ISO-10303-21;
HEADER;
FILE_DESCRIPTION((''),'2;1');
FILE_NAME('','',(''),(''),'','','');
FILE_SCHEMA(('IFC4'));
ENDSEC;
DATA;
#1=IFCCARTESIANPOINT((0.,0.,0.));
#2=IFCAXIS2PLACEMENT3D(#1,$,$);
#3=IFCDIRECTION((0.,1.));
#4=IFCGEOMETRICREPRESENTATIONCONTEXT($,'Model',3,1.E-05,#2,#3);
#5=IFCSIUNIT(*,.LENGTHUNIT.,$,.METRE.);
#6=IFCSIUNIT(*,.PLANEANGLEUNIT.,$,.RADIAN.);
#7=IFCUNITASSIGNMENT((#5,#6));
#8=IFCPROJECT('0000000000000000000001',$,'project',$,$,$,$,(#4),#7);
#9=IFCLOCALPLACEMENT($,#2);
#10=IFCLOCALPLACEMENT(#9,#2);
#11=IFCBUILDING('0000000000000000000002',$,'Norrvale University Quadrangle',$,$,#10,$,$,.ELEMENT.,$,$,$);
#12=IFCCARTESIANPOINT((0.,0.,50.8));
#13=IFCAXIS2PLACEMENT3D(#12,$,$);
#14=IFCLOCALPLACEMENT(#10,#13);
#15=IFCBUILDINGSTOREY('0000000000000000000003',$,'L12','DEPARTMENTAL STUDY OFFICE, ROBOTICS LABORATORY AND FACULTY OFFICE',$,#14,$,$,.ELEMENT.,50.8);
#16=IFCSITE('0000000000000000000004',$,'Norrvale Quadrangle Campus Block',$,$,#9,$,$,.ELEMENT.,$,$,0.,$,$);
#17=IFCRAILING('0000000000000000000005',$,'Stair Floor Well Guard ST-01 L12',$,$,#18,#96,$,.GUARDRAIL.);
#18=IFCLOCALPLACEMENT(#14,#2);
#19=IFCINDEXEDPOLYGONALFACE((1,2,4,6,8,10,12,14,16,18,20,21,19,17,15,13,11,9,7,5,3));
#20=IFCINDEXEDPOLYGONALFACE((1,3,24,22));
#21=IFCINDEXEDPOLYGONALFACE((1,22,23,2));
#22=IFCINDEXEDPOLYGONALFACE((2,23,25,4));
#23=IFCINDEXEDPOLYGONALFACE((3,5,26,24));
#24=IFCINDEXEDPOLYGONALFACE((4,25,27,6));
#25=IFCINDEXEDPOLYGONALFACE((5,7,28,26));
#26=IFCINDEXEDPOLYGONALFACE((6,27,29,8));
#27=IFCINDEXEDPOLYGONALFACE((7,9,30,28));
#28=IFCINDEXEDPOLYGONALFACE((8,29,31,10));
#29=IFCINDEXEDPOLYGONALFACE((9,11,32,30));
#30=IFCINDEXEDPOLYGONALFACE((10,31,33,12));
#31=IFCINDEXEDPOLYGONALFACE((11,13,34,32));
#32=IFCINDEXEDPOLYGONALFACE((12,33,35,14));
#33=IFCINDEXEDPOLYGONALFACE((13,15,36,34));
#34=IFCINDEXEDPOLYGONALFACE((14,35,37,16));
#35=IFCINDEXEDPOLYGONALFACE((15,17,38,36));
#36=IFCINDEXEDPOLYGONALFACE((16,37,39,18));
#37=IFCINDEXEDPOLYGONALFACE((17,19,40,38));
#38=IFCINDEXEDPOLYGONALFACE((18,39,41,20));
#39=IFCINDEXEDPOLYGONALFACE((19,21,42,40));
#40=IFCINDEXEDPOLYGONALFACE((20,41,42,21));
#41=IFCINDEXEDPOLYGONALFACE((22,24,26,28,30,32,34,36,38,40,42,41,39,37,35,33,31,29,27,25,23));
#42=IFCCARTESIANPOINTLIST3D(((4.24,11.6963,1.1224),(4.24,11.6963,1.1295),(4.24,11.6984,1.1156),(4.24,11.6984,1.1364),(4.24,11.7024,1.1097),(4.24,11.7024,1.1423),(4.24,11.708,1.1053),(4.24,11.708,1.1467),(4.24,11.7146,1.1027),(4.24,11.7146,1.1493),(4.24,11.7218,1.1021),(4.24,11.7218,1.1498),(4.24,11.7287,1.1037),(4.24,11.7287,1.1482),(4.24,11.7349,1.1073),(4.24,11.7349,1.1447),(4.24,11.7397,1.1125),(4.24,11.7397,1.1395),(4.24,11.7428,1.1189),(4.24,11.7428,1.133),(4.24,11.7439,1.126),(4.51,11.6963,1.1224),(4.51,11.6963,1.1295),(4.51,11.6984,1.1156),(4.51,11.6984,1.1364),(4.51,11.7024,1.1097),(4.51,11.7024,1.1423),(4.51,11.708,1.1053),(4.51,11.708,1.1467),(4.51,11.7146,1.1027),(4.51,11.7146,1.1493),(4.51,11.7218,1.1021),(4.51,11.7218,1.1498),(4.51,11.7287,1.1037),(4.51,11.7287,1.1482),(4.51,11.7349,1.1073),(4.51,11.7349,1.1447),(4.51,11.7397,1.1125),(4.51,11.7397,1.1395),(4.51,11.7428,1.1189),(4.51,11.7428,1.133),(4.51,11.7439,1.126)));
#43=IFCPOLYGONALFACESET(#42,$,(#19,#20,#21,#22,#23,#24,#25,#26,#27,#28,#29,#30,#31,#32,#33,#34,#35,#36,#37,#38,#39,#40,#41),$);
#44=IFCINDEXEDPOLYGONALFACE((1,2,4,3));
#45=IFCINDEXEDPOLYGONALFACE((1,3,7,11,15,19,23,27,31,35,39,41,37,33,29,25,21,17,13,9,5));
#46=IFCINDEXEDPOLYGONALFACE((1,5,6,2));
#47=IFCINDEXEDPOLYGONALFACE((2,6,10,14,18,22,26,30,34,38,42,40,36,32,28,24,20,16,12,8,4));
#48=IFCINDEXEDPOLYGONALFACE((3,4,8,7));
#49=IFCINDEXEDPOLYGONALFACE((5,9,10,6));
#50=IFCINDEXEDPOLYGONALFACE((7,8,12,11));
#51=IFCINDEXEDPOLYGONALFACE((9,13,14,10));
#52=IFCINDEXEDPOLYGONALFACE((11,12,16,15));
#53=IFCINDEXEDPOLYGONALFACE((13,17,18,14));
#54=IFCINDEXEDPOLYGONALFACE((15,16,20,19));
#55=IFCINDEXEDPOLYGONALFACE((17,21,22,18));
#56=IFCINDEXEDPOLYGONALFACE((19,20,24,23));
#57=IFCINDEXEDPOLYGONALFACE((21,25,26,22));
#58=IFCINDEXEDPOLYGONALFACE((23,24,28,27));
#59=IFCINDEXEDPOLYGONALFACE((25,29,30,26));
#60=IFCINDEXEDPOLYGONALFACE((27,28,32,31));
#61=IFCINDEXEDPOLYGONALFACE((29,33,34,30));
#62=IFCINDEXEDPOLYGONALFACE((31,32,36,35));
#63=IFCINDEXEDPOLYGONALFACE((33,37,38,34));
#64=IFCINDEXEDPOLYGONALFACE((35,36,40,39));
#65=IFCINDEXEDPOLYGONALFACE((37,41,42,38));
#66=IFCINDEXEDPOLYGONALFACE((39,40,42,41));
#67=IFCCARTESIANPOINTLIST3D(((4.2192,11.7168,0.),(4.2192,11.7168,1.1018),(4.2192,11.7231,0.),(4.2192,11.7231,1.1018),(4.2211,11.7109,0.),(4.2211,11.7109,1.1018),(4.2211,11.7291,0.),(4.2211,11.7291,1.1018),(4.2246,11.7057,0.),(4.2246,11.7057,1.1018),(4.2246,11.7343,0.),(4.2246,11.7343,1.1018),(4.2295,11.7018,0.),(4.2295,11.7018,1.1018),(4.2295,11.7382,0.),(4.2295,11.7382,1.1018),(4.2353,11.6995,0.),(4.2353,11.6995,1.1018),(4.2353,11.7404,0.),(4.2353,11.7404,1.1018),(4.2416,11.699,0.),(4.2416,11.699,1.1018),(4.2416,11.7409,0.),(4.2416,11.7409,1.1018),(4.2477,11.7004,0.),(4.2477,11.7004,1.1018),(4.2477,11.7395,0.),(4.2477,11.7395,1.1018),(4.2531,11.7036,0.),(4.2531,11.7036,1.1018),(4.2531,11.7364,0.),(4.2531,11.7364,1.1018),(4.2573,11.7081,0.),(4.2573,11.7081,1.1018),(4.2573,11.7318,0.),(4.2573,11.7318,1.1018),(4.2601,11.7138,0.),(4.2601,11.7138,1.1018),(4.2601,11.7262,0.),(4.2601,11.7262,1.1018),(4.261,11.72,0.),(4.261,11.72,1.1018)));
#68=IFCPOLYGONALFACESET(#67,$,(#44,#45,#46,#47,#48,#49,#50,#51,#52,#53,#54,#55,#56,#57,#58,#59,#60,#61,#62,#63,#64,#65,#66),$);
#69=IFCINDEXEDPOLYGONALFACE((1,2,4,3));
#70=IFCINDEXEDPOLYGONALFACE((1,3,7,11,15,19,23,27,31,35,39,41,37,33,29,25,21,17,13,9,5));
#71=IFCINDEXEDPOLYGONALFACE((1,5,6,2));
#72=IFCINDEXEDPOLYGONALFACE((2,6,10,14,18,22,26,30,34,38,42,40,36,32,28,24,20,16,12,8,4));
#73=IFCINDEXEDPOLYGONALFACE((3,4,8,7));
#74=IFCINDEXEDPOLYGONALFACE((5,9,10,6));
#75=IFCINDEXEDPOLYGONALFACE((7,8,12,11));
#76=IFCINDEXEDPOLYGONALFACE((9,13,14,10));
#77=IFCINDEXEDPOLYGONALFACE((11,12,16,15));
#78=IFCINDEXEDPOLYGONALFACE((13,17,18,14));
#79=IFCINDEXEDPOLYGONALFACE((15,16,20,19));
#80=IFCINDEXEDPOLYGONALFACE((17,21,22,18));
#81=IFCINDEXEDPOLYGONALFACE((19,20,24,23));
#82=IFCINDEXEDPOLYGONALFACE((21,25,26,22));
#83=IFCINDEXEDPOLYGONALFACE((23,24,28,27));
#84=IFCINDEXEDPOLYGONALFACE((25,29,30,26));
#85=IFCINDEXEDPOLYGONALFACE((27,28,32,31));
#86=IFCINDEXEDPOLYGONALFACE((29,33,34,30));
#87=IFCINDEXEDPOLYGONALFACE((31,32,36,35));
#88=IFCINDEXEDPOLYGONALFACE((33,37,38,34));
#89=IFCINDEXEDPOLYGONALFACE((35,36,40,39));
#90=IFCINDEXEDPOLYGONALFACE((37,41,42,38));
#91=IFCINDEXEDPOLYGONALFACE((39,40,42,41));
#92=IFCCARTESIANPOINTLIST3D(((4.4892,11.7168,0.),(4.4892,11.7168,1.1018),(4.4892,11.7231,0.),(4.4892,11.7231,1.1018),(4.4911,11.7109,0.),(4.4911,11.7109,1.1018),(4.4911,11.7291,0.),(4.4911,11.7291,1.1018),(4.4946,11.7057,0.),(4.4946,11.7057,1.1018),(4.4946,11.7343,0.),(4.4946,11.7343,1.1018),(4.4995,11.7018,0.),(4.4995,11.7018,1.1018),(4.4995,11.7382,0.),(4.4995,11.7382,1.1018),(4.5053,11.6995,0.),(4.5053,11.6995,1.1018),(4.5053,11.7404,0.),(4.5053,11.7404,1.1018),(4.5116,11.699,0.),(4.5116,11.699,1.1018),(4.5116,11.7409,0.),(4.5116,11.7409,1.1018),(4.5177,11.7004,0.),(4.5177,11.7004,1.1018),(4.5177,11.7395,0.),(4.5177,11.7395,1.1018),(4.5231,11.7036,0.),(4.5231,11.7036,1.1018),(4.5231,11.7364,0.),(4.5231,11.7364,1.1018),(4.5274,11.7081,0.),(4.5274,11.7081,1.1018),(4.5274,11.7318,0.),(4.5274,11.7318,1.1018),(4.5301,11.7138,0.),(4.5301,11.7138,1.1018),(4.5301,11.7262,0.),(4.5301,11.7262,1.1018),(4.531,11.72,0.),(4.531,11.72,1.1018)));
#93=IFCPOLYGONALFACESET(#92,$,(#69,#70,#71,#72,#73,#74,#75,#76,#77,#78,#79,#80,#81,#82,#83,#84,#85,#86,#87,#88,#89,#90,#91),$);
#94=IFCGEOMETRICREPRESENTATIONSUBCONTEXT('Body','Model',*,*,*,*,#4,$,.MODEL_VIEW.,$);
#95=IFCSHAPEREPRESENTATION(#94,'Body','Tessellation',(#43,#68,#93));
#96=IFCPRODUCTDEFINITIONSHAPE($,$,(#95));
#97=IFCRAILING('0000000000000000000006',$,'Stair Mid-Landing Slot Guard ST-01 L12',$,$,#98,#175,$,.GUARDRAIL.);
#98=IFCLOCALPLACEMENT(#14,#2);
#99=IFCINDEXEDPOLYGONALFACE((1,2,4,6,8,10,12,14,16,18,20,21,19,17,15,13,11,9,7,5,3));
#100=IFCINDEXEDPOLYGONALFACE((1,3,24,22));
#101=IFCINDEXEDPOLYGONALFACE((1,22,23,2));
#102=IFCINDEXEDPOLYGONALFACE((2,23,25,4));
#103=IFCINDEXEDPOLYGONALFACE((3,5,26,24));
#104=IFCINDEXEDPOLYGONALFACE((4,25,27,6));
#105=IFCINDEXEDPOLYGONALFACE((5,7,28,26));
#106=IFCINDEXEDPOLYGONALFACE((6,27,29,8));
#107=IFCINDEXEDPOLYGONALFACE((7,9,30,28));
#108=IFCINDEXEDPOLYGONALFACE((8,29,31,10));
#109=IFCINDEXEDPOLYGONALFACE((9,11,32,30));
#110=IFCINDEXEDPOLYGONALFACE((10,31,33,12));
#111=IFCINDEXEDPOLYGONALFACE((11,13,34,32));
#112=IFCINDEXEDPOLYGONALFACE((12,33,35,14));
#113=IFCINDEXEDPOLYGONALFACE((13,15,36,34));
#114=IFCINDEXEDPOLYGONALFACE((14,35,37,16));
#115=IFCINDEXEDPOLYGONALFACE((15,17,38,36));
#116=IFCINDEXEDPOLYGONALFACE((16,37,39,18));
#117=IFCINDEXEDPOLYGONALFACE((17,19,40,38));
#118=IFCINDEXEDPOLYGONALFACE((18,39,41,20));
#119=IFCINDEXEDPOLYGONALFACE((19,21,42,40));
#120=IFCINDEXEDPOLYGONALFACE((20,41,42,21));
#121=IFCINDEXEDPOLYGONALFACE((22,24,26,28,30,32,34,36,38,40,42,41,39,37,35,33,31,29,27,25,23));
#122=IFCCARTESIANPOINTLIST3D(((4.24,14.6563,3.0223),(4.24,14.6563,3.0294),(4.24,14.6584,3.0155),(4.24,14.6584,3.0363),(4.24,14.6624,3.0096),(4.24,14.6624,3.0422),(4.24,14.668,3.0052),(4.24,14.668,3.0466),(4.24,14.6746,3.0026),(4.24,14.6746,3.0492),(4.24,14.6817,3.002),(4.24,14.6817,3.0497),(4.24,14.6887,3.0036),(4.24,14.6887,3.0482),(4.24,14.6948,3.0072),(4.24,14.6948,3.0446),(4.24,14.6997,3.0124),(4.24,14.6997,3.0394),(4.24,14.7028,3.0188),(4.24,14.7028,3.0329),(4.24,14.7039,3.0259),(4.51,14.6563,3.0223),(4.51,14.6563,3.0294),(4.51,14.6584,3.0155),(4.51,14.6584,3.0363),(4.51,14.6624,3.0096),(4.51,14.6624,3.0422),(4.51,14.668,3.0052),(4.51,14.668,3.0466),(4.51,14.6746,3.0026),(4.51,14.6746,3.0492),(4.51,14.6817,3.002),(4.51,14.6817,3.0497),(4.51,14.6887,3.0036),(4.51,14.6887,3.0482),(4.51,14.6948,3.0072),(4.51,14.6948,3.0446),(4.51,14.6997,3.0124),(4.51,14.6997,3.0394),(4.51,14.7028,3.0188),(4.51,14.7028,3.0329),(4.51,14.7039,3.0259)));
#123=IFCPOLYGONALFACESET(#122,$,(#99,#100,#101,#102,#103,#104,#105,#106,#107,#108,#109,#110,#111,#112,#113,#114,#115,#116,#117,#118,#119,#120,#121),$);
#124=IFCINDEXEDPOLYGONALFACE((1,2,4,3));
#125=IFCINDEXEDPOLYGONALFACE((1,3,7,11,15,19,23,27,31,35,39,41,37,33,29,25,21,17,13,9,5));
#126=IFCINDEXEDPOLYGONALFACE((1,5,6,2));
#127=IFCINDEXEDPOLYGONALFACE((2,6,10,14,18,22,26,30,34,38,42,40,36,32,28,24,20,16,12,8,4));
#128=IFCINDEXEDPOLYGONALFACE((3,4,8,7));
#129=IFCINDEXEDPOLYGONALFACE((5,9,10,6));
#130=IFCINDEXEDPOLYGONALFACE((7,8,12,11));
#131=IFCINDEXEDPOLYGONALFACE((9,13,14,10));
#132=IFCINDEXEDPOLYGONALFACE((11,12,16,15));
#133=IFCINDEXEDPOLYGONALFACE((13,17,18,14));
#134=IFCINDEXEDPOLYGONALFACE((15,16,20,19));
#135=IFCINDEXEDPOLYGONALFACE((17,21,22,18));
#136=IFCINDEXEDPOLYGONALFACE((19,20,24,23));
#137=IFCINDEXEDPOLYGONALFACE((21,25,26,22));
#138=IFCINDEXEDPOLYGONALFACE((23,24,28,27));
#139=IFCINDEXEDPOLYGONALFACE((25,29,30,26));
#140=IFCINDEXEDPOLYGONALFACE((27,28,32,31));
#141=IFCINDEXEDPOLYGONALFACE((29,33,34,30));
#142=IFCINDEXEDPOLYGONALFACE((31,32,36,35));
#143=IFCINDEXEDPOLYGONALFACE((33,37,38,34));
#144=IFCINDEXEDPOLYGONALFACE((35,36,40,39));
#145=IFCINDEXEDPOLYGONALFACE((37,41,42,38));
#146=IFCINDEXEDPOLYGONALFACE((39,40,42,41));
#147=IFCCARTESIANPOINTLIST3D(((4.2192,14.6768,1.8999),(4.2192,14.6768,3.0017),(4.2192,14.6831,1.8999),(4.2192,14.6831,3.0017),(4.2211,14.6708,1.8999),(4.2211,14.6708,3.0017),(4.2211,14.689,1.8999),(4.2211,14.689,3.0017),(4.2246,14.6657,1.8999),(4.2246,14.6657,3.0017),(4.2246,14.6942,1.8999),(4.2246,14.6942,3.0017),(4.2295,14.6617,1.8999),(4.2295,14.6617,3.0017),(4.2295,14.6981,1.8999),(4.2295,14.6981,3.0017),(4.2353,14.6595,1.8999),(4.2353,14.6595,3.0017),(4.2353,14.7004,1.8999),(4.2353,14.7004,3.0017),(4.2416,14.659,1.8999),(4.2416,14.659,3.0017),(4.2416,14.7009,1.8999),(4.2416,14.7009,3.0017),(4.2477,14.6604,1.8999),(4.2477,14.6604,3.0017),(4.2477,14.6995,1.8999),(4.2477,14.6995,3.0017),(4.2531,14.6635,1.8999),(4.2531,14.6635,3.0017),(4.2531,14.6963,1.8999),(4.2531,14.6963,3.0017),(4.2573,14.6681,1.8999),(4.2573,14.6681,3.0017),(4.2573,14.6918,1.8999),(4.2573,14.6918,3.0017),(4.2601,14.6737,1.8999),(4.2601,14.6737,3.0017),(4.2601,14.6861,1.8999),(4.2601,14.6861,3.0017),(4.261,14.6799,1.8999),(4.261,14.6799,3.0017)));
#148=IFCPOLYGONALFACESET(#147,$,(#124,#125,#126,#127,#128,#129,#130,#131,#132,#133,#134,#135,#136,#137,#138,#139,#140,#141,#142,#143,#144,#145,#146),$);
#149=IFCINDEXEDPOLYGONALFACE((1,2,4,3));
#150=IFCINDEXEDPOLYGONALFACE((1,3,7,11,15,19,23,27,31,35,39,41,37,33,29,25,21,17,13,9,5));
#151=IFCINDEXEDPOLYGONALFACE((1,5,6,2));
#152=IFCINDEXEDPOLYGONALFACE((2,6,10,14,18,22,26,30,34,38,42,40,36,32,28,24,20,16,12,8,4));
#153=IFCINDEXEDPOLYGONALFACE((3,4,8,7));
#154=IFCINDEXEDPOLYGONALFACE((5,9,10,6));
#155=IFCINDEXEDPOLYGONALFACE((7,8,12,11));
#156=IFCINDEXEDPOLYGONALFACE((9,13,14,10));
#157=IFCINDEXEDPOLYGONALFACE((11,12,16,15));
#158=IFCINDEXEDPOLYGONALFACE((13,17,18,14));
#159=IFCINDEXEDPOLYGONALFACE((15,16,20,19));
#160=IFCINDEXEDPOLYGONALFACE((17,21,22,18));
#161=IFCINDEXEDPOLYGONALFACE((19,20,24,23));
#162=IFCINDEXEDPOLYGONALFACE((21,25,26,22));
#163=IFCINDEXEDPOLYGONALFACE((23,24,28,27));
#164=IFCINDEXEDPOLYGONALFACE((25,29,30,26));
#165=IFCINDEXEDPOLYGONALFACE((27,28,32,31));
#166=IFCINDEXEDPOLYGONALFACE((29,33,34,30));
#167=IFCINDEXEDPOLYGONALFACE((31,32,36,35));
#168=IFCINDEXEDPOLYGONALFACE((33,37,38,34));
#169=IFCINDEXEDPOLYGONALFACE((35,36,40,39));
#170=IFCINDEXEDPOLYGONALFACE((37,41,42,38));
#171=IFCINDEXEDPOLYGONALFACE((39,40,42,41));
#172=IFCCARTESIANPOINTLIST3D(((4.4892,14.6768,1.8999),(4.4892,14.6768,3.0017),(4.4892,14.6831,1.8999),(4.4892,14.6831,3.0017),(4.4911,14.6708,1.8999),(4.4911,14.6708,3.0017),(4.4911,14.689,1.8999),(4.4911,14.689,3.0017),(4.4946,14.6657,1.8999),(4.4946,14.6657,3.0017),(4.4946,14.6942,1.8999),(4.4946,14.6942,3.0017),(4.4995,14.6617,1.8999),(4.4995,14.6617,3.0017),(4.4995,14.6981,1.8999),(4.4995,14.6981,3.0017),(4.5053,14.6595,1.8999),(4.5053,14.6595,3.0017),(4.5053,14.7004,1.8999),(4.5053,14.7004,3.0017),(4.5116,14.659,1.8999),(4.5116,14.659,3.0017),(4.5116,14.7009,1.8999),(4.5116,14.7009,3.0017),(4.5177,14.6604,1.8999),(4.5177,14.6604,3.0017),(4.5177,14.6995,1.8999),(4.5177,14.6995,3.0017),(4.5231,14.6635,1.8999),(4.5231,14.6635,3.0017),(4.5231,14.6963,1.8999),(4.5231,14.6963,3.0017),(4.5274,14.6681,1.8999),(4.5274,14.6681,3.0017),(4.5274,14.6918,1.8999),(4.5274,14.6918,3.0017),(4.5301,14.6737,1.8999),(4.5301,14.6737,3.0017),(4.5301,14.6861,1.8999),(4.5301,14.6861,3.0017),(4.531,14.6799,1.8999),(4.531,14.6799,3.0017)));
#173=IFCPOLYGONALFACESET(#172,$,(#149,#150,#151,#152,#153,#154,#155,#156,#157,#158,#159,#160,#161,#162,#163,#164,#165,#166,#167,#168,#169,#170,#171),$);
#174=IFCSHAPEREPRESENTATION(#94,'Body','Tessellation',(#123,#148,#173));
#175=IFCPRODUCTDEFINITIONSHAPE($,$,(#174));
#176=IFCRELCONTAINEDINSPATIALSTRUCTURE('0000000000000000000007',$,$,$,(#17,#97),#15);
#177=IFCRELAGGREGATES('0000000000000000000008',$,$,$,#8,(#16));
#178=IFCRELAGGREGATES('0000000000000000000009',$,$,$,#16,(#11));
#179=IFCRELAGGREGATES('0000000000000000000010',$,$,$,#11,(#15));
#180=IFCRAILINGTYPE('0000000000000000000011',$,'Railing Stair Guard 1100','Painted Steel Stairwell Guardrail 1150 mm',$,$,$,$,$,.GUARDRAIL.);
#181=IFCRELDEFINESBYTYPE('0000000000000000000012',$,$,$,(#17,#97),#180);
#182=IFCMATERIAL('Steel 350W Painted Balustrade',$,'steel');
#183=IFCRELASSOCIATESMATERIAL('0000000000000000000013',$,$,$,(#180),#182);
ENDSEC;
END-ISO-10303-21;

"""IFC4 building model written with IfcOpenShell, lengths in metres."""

from ifc_helpers import new_model, si_unit, direction, frame, origin, origin_2d, place, context, subcontext, project, spatial, circle, extrude, material, type_object, element, save


model = new_model("IFC4")

# Units and contexts
model_context = context("Model", 3, precision=1e-05, world=origin(), true_north=direction((0.0, 1.0)))
body_context = subcontext(model_context, "Body", "Model", "MODEL_VIEW")
ifc_project = project(units=[si_unit("LENGTHUNIT", "METRE"), si_unit("PLANEANGLEUNIT", "RADIAN")], contexts=[model_context])

# Site, building, storey
site_placement = place(None, origin())
site = spatial("IfcSite", under=ifc_project, at=site_placement, Name="Norrvale Quadrangle Campus Block", CompositionType="ELEMENT", RefElevation=0.0)
building_placement = place(site_placement, origin())
building = spatial("IfcBuilding", under=site, at=building_placement, Name="Norrvale University Quadrangle", CompositionType="ELEMENT")
storey_placement = place(building_placement, frame((0.0, 0.0, 50.8)))
storey = spatial("IfcBuildingStorey", under=building, at=storey_placement, Name="L12", Description="DEPARTMENTAL STUDY OFFICE, ROBOTICS LABORATORY AND FACULTY OFFICE", CompositionType="ELEMENT", Elevation=50.8)

# Railings
ifc_material_1 = material(Name="Steel 350W Painted Balustrade", Category="steel")
railing_type_1 = type_object("IfcRailingType", Name="Railing Stair Guard 1100", Description="Painted Steel Stairwell Guardrail 1150 mm", PredefinedType="GUARDRAIL", material=ifc_material_1)
for number, where, name in (
    (1, (4.24, 11.72, 0.0), "Stair Floor Well Guard ST-01 L12"),
    (2, (4.24, 14.6799, 1.8999), "Stair Mid-Landing Slot Guard ST-01 L12"),
):
    element("IfcRailing", number, at=place(storey_placement, frame(where)), inside=storey, type_object=railing_type_1, Name=name, PredefinedType="GUARDRAIL", context=body_context, shape_type="SweptSolid", body=[
        extrude(circle(Radius=0.0239, at=origin_2d()), frame((0.0, 0.0, 1.126), z_axis=(1.0, 0.0, 0.0), x_axis=(0.0, 1.0, 0.0)), (0.0, 0.0, 1.0), 0.27),
        extrude(circle(Radius=0.021, at=origin_2d()), origin(), (0.0, 0.0, 1.0), 1.1018),
        extrude(circle(Radius=0.021, at=origin_2d()), frame((0.27, 0.0, 0.0)), (0.0, 0.0, 1.0), 1.1018),
    ])

save(model, "model.ifc")
